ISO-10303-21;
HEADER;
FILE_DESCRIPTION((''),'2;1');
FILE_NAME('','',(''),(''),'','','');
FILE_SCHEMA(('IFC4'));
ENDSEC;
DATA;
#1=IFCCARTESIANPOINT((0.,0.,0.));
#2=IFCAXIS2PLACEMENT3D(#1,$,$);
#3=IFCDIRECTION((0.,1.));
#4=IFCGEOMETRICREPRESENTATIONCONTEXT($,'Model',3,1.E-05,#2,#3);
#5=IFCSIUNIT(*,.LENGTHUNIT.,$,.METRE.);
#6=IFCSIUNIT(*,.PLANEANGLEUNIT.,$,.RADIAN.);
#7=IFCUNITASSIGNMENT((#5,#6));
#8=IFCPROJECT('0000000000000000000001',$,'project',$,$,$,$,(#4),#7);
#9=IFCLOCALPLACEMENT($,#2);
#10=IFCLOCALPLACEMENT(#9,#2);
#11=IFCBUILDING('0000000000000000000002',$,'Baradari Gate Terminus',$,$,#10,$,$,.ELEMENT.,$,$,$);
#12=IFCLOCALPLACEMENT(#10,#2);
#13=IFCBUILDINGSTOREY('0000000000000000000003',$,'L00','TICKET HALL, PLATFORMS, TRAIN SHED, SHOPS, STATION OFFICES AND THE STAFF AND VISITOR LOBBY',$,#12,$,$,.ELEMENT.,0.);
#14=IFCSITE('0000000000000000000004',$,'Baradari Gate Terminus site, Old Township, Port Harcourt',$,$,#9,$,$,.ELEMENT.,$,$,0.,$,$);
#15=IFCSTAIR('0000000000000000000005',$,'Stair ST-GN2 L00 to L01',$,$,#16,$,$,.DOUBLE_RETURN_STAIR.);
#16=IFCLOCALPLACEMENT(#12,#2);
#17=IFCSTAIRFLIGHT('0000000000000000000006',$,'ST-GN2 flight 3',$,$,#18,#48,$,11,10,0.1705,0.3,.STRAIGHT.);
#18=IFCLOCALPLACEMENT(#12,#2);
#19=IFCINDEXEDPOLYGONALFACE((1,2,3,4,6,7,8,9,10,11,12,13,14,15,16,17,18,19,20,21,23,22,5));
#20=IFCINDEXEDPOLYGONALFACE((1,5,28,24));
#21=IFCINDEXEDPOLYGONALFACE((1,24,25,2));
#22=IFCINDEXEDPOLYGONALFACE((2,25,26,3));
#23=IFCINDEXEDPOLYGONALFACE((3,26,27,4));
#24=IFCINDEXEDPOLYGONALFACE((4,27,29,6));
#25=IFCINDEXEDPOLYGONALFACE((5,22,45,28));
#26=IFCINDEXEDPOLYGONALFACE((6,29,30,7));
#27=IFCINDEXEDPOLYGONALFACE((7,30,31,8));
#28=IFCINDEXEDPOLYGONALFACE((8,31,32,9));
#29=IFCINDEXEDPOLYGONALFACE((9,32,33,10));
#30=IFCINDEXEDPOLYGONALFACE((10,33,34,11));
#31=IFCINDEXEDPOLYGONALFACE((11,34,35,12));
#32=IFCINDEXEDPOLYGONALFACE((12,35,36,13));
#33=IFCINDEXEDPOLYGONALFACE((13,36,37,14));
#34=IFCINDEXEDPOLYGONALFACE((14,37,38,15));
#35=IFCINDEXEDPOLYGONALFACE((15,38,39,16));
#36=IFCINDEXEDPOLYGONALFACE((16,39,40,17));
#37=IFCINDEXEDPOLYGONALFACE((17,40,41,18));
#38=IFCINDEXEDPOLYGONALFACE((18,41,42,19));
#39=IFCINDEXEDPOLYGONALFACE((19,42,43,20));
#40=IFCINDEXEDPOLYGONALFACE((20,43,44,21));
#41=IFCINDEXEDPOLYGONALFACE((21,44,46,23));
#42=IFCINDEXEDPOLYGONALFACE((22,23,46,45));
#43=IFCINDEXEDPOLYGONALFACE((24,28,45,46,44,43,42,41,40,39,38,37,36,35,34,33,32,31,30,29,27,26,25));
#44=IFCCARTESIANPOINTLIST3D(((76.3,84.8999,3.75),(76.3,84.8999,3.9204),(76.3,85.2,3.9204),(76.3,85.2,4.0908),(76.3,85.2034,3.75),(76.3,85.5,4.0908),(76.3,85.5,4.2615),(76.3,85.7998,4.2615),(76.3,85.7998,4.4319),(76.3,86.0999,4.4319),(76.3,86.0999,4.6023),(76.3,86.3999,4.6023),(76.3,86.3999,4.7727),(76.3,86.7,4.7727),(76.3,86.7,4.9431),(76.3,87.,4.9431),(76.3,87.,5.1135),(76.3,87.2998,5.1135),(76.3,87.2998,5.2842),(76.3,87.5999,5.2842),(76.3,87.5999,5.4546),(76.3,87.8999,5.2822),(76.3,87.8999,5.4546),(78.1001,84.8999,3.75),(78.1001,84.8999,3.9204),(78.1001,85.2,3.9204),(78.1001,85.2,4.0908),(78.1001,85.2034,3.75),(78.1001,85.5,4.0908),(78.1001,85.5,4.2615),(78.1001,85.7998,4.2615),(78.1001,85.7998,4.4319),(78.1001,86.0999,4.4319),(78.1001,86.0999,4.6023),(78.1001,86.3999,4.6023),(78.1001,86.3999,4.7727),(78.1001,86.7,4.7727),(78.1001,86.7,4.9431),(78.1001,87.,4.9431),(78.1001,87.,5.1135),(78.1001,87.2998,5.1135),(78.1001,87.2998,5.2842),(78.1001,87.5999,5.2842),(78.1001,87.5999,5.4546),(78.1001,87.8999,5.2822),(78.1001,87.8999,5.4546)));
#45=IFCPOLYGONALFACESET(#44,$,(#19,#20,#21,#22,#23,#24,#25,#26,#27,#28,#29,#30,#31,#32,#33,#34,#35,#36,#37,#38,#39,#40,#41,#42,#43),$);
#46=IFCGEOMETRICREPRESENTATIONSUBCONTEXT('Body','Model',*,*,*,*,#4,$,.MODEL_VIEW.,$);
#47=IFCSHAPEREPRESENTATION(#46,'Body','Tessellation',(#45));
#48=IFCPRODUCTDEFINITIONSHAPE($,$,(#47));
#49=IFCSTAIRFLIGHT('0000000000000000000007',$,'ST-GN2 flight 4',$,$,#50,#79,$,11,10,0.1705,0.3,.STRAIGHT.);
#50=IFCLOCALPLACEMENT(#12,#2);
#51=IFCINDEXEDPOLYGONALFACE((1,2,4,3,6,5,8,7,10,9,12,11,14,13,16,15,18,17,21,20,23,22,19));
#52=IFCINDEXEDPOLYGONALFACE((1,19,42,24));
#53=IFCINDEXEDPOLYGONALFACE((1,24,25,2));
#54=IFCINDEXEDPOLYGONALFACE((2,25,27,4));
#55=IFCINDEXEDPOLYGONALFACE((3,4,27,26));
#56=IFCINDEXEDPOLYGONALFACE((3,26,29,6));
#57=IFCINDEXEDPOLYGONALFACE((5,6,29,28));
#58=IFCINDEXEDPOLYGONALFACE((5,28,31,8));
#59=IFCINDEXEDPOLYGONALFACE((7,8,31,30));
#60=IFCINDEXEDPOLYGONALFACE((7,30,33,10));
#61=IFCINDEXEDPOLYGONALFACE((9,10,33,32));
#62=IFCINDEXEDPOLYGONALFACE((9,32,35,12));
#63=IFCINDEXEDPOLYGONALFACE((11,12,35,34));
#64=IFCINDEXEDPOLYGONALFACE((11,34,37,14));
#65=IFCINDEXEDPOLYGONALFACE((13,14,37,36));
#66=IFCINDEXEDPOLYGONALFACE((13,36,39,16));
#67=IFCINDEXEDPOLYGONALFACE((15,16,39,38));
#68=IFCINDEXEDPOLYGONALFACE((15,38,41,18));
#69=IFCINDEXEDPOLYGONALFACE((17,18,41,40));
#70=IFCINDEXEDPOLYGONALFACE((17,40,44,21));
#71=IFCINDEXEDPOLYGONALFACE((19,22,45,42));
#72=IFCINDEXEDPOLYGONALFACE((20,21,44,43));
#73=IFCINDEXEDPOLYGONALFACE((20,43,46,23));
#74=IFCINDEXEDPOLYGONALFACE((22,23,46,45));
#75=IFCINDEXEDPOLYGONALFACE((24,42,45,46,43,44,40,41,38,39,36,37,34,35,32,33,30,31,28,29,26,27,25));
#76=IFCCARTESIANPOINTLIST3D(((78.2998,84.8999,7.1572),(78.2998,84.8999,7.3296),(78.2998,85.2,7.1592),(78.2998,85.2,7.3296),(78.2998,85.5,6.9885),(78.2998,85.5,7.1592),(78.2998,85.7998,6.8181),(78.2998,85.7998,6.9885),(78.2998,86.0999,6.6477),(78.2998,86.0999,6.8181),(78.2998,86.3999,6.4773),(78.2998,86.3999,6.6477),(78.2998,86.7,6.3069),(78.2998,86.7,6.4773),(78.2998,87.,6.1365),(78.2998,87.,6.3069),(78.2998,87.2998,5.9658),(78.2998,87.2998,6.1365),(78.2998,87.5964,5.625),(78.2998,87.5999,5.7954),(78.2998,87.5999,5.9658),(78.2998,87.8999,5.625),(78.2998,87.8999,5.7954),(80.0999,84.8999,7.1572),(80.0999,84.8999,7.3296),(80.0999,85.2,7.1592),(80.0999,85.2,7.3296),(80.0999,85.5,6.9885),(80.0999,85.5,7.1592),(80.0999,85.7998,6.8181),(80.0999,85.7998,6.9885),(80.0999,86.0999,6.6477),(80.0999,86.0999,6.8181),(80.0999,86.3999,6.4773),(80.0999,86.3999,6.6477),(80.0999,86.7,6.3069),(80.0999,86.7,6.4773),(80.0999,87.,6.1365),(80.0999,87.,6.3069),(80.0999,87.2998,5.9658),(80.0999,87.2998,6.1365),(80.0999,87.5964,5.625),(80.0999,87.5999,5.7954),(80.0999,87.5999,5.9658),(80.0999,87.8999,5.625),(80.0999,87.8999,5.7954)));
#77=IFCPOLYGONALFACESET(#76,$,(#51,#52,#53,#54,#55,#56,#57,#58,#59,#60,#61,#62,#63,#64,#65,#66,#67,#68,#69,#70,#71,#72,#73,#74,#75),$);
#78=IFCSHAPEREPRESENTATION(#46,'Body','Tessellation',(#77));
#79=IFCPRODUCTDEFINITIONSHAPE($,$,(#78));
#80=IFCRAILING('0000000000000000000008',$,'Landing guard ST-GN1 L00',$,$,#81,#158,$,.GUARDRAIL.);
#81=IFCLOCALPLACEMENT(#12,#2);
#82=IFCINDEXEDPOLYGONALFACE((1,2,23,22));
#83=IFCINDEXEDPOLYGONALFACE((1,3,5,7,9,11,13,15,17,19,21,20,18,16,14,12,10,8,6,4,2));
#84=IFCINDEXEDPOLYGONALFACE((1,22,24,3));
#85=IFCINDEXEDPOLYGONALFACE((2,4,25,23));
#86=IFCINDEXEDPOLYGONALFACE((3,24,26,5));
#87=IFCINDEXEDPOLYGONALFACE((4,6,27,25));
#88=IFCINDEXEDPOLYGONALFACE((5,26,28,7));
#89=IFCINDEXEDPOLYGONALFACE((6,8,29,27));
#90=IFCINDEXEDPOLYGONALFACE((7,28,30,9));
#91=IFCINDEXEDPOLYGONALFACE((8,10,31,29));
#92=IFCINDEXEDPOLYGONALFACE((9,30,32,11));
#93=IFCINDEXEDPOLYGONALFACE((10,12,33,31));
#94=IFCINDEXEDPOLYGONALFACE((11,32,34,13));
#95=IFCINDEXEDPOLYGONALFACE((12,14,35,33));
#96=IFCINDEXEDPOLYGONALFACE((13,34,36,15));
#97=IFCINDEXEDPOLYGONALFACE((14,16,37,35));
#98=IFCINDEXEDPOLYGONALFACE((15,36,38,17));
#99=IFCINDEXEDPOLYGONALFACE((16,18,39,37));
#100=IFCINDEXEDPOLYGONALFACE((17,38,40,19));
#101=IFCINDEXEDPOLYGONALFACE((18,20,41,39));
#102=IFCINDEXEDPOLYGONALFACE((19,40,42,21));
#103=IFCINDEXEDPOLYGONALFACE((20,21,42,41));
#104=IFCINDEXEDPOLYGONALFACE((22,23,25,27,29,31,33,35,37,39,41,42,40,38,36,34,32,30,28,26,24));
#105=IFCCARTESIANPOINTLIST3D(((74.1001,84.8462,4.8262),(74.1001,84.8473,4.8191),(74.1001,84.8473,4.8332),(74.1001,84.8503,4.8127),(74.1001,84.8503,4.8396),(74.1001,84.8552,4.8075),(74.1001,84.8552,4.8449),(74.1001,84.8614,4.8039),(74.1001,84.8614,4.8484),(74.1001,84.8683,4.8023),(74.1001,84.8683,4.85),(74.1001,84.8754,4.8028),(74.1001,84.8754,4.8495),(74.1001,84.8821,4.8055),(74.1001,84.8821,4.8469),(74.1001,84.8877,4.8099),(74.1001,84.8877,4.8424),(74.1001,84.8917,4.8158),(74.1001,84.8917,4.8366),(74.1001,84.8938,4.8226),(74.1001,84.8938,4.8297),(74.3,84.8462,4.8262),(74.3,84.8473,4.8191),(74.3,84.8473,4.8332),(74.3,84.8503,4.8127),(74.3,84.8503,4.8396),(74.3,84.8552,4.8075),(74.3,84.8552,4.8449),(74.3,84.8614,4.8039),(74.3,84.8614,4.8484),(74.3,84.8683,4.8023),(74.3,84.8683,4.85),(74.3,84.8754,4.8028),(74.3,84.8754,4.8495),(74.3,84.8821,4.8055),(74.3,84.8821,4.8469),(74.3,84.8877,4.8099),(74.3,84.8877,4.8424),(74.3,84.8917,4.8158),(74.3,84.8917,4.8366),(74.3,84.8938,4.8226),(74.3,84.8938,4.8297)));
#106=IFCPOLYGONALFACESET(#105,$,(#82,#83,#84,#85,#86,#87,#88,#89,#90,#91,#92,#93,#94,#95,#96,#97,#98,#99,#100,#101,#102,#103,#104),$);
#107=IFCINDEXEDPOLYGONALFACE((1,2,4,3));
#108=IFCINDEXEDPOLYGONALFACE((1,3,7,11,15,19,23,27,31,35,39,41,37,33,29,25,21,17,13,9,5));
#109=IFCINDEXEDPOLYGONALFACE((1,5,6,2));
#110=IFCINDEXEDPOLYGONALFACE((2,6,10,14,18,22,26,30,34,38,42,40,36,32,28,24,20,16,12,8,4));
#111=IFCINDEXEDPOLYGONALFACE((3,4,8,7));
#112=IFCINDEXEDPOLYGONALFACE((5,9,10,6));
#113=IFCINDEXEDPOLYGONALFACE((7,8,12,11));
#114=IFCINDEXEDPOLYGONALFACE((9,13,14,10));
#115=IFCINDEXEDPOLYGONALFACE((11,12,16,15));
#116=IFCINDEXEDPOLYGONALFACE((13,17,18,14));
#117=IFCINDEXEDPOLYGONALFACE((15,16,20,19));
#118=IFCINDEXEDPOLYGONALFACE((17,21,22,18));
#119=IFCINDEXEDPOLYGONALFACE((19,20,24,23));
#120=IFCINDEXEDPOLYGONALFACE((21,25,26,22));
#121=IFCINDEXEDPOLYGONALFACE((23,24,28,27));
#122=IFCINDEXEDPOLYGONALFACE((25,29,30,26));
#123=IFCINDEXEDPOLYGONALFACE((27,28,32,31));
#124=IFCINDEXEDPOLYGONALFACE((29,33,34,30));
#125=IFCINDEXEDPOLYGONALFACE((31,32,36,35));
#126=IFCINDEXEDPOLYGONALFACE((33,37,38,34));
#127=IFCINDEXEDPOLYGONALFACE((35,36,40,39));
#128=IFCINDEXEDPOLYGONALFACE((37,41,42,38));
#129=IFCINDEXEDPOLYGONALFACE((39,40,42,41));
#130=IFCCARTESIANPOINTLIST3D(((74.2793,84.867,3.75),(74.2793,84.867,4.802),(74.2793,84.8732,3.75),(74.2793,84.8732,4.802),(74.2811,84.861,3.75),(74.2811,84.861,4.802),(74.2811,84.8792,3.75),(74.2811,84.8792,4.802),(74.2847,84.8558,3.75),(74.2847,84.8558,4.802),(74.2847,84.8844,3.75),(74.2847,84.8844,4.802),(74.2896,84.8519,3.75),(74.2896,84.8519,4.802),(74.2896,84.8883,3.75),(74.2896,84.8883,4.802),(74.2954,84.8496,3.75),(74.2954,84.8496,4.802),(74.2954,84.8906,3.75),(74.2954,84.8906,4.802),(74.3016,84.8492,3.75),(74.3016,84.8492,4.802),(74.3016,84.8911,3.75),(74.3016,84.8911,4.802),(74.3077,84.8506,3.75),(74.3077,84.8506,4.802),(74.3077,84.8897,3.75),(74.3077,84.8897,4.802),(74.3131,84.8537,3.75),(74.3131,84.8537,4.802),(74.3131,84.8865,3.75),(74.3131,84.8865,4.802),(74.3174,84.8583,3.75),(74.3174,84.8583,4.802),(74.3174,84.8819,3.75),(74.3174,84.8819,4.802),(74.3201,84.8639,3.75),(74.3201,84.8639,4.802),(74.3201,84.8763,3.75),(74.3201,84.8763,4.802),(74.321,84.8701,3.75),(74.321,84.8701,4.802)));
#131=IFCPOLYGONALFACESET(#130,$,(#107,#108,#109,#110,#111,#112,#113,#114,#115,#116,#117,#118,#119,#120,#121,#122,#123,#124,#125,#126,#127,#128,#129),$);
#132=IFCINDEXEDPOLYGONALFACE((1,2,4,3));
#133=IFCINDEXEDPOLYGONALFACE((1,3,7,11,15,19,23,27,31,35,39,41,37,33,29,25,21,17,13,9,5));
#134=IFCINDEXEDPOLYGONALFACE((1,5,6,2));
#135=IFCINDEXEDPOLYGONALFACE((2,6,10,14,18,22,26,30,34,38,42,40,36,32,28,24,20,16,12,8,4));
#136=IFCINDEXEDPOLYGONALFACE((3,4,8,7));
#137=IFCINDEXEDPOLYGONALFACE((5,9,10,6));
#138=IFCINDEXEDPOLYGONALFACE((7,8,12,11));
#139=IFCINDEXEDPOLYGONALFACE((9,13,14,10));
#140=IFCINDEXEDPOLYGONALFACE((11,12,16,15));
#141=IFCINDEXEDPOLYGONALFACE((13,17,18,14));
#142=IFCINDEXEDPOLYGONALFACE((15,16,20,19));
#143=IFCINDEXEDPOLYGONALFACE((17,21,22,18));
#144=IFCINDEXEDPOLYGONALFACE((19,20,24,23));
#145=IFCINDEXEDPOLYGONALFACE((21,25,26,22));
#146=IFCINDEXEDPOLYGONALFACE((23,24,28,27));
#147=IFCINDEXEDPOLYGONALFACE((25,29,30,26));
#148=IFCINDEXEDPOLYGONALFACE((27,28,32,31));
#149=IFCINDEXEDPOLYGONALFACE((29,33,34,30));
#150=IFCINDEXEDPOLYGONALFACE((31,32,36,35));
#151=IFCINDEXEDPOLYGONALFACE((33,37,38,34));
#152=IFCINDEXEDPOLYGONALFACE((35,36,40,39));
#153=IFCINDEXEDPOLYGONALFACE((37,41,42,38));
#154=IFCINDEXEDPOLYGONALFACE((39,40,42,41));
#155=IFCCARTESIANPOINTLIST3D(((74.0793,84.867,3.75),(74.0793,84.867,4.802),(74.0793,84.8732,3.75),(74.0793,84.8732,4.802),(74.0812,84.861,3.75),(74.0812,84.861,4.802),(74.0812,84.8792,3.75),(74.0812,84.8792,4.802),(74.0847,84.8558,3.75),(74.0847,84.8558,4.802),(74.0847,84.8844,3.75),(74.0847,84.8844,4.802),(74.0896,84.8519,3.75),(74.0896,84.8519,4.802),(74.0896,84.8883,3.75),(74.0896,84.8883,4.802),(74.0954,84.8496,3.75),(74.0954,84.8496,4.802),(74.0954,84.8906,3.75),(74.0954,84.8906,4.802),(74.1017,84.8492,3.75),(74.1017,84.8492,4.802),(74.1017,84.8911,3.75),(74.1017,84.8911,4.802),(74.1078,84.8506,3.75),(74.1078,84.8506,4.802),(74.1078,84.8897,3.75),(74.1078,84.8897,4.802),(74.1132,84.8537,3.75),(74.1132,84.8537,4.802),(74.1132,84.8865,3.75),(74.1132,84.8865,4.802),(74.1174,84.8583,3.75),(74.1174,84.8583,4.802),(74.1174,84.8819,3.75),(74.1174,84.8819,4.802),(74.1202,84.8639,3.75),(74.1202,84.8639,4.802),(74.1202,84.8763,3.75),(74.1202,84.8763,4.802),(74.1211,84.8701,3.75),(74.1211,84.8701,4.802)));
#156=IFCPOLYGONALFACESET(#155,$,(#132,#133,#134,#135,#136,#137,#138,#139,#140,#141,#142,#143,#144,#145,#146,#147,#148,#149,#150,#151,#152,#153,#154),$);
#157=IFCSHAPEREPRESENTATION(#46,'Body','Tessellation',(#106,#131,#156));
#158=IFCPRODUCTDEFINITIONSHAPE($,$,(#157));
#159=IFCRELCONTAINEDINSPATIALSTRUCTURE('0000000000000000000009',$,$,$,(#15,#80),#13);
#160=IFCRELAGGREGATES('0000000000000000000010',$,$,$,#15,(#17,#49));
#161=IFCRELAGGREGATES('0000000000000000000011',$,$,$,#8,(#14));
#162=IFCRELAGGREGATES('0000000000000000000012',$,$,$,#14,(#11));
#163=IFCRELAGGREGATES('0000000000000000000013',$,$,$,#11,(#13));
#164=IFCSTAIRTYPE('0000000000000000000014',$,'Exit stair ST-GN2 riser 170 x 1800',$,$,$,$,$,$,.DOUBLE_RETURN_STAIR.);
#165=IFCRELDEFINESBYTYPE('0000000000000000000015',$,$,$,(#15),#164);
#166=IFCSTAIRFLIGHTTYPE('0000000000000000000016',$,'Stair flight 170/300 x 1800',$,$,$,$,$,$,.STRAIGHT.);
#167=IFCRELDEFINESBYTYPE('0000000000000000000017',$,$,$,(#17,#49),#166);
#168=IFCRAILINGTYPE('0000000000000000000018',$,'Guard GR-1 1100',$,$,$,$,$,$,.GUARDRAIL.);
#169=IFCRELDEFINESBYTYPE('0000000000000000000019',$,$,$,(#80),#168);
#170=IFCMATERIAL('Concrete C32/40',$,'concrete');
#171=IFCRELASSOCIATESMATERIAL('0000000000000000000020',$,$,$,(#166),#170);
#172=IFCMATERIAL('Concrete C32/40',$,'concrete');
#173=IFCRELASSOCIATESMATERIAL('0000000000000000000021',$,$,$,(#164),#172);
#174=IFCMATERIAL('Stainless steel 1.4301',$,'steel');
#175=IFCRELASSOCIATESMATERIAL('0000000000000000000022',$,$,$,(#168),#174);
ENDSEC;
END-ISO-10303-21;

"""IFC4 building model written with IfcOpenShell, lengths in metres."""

from ifc_helpers import new_model, si_unit, direction, frame, origin, origin_2d, place, context, subcontext, project, spatial, polyline, circle, outline, extrude, material, type_object, element, aggregate, save


model = new_model("IFC4")

# Units and contexts
model_context = context("Model", 3, precision=1e-05, world=origin(), true_north=direction((0.0, 1.0)))
body_context = subcontext(model_context, "Body", "Model", "MODEL_VIEW")
ifc_project = project(units=[si_unit("LENGTHUNIT", "METRE"), si_unit("PLANEANGLEUNIT", "RADIAN")], contexts=[model_context])

# Site, building, storey
site_placement = place(None, origin())
site = spatial("IfcSite", under=ifc_project, at=site_placement, Name="Baradari Gate Terminus site, Old Township, Port Harcourt", CompositionType="ELEMENT", RefElevation=0.0)
building_placement = place(site_placement, origin())
building = spatial("IfcBuilding", under=site, at=building_placement, Name="Baradari Gate Terminus", CompositionType="ELEMENT")
storey_placement = place(building_placement, origin())
storey = spatial("IfcBuildingStorey", under=building, at=storey_placement, Name="L00", Description="TICKET HALL, PLATFORMS, TRAIN SHED, SHOPS, STATION OFFICES AND THE STAFF AND VISITOR LOBBY", CompositionType="ELEMENT", Elevation=0.0)

# Stair, stair flights
ifc_material_1 = material(Name="Concrete C32/40", Category="concrete")
stair_flight_type = type_object("IfcStairFlightType", Name="Stair flight 170/300 x 1800", PredefinedType="STRAIGHT", material=ifc_material_1)
ifc_material_2 = material(Name="Concrete C32/40", Category="concrete")
stair_type_1 = type_object("IfcStairType", Name="Exit stair ST-GN2 riser 170 x 1800", PredefinedType="DOUBLE_RETURN_STAIR", material=ifc_material_2)
stair_1_placement = place(storey_placement, origin())
stair_1 = element("IfcStair", 1, at=stair_1_placement, inside=storey, type_object=stair_type_1, Name="Stair ST-GN2 L00 to L01", PredefinedType="DOUBLE_RETURN_STAIR")
stair_flight_1_placement = place(storey_placement, frame((77.2, 84.8999, 3.75), z_axis=(0.0, 0.0, 1.0), x_axis=(0.0, 1.0, 0.0)))
stair_flight_1 = element("IfcStairFlight", 2, at=stair_flight_1_placement, type_object=stair_flight_type, Name="ST-GN2 flight 3", NumberOfRisers=11, NumberOfTreads=10, PredefinedType="STRAIGHT", RiserHeight=0.1705, TreadLength=0.3, context=body_context, shape_type="SweptSolid", body=[
    extrude(outline(polyline([(0.0, 0.0), (0.0, 0.1704), (0.3, 0.1704), (0.3, 0.3408), (0.6001, 0.3408), (0.6001, 0.5115), (0.8999, 0.5115), (0.8999, 0.6819), (1.2, 0.6819), (1.2, 0.8523), (1.5, 0.8523), (1.5, 1.0227), (1.8, 1.0227), (1.8, 1.1931), (2.1001, 1.1931), (2.1001, 1.3635), (2.3999, 1.3635), (2.3999, 1.5342), (2.7, 1.5342), (2.7, 1.7046), (3.0, 1.7046), (3.0, 1.875), (3.0, 1.5322), (0.3035, 0.0), (0.0, 0.0)])), frame((0.0, 0.8999, 0.0), z_axis=(0.0, -1.0, 0.0), x_axis=(1.0, 0.0, 0.0)), (0.0, 0.0, 1.0), 1.8),
])
stair_flight_2_placement = place(storey_placement, frame((79.2, 87.8999, 5.625), z_axis=(0.0, 0.0, 1.0), x_axis=(0.0, -1.0, 0.0)))
stair_flight_2 = element("IfcStairFlight", 3, at=stair_flight_2_placement, type_object=stair_flight_type, Name="ST-GN2 flight 4", NumberOfRisers=11, NumberOfTreads=10, PredefinedType="STRAIGHT", RiserHeight=0.1705, TreadLength=0.3, context=body_context, shape_type="SweptSolid", body=[
    extrude(outline(polyline([(0.0, 0.0), (0.0, 0.1704), (0.3, 0.1704), (0.3, 0.3408), (0.6001, 0.3408), (0.6001, 0.5115), (0.8999, 0.5115), (0.8999, 0.6819), (1.2, 0.6819), (1.2, 0.8523), (1.5, 0.8523), (1.5, 1.0227), (1.8, 1.0227), (1.8, 1.1931), (2.1001, 1.1931), (2.1001, 1.3635), (2.3999, 1.3635), (2.3999, 1.5342), (2.7, 1.5342), (2.7, 1.7046), (3.0, 1.7046), (3.0, 1.875), (3.0, 1.5322), (0.3035, 0.0), (0.0, 0.0)])), frame((0.0, 0.8999, 0.0), z_axis=(0.0, -1.0, 0.0), x_axis=(1.0, 0.0, 0.0)), (0.0, 0.0, 1.0), 1.8),
])
aggregate(stair_1, [stair_flight_1, stair_flight_2])

# Railing
ifc_material_3 = material(Name="Stainless steel 1.4301", Category="steel")
railing_type_1 = type_object("IfcRailingType", Name="Guard GR-1 1100", PredefinedType="GUARDRAIL", material=ifc_material_3)
for number, where, name in (
    (4, (74.3, 84.8701, 3.75), "Landing guard ST-GN1 L00"),
):
    element("IfcRailing", number, at=place(storey_placement, frame(where)), inside=storey, type_object=railing_type_1, Name=name, PredefinedType="GUARDRAIL", context=body_context, shape_type="SweptSolid", body=[
        extrude(circle(Radius=0.0239, at=origin_2d()), frame((0.0, 0.0, 1.0762), z_axis=(-1.0, 0.0, 0.0), x_axis=(0.0, -1.0, 0.0)), (0.0, 0.0, 1.0), 0.2),
        extrude(circle(Radius=0.021, at=origin_2d()), origin(), (0.0, 0.0, 1.0), 1.052),
        extrude(circle(Radius=0.021, at=origin_2d()), frame((-0.2, 0.0, 0.0)), (0.0, 0.0, 1.0), 1.052),
    ])

save(model, "model.ifc")
